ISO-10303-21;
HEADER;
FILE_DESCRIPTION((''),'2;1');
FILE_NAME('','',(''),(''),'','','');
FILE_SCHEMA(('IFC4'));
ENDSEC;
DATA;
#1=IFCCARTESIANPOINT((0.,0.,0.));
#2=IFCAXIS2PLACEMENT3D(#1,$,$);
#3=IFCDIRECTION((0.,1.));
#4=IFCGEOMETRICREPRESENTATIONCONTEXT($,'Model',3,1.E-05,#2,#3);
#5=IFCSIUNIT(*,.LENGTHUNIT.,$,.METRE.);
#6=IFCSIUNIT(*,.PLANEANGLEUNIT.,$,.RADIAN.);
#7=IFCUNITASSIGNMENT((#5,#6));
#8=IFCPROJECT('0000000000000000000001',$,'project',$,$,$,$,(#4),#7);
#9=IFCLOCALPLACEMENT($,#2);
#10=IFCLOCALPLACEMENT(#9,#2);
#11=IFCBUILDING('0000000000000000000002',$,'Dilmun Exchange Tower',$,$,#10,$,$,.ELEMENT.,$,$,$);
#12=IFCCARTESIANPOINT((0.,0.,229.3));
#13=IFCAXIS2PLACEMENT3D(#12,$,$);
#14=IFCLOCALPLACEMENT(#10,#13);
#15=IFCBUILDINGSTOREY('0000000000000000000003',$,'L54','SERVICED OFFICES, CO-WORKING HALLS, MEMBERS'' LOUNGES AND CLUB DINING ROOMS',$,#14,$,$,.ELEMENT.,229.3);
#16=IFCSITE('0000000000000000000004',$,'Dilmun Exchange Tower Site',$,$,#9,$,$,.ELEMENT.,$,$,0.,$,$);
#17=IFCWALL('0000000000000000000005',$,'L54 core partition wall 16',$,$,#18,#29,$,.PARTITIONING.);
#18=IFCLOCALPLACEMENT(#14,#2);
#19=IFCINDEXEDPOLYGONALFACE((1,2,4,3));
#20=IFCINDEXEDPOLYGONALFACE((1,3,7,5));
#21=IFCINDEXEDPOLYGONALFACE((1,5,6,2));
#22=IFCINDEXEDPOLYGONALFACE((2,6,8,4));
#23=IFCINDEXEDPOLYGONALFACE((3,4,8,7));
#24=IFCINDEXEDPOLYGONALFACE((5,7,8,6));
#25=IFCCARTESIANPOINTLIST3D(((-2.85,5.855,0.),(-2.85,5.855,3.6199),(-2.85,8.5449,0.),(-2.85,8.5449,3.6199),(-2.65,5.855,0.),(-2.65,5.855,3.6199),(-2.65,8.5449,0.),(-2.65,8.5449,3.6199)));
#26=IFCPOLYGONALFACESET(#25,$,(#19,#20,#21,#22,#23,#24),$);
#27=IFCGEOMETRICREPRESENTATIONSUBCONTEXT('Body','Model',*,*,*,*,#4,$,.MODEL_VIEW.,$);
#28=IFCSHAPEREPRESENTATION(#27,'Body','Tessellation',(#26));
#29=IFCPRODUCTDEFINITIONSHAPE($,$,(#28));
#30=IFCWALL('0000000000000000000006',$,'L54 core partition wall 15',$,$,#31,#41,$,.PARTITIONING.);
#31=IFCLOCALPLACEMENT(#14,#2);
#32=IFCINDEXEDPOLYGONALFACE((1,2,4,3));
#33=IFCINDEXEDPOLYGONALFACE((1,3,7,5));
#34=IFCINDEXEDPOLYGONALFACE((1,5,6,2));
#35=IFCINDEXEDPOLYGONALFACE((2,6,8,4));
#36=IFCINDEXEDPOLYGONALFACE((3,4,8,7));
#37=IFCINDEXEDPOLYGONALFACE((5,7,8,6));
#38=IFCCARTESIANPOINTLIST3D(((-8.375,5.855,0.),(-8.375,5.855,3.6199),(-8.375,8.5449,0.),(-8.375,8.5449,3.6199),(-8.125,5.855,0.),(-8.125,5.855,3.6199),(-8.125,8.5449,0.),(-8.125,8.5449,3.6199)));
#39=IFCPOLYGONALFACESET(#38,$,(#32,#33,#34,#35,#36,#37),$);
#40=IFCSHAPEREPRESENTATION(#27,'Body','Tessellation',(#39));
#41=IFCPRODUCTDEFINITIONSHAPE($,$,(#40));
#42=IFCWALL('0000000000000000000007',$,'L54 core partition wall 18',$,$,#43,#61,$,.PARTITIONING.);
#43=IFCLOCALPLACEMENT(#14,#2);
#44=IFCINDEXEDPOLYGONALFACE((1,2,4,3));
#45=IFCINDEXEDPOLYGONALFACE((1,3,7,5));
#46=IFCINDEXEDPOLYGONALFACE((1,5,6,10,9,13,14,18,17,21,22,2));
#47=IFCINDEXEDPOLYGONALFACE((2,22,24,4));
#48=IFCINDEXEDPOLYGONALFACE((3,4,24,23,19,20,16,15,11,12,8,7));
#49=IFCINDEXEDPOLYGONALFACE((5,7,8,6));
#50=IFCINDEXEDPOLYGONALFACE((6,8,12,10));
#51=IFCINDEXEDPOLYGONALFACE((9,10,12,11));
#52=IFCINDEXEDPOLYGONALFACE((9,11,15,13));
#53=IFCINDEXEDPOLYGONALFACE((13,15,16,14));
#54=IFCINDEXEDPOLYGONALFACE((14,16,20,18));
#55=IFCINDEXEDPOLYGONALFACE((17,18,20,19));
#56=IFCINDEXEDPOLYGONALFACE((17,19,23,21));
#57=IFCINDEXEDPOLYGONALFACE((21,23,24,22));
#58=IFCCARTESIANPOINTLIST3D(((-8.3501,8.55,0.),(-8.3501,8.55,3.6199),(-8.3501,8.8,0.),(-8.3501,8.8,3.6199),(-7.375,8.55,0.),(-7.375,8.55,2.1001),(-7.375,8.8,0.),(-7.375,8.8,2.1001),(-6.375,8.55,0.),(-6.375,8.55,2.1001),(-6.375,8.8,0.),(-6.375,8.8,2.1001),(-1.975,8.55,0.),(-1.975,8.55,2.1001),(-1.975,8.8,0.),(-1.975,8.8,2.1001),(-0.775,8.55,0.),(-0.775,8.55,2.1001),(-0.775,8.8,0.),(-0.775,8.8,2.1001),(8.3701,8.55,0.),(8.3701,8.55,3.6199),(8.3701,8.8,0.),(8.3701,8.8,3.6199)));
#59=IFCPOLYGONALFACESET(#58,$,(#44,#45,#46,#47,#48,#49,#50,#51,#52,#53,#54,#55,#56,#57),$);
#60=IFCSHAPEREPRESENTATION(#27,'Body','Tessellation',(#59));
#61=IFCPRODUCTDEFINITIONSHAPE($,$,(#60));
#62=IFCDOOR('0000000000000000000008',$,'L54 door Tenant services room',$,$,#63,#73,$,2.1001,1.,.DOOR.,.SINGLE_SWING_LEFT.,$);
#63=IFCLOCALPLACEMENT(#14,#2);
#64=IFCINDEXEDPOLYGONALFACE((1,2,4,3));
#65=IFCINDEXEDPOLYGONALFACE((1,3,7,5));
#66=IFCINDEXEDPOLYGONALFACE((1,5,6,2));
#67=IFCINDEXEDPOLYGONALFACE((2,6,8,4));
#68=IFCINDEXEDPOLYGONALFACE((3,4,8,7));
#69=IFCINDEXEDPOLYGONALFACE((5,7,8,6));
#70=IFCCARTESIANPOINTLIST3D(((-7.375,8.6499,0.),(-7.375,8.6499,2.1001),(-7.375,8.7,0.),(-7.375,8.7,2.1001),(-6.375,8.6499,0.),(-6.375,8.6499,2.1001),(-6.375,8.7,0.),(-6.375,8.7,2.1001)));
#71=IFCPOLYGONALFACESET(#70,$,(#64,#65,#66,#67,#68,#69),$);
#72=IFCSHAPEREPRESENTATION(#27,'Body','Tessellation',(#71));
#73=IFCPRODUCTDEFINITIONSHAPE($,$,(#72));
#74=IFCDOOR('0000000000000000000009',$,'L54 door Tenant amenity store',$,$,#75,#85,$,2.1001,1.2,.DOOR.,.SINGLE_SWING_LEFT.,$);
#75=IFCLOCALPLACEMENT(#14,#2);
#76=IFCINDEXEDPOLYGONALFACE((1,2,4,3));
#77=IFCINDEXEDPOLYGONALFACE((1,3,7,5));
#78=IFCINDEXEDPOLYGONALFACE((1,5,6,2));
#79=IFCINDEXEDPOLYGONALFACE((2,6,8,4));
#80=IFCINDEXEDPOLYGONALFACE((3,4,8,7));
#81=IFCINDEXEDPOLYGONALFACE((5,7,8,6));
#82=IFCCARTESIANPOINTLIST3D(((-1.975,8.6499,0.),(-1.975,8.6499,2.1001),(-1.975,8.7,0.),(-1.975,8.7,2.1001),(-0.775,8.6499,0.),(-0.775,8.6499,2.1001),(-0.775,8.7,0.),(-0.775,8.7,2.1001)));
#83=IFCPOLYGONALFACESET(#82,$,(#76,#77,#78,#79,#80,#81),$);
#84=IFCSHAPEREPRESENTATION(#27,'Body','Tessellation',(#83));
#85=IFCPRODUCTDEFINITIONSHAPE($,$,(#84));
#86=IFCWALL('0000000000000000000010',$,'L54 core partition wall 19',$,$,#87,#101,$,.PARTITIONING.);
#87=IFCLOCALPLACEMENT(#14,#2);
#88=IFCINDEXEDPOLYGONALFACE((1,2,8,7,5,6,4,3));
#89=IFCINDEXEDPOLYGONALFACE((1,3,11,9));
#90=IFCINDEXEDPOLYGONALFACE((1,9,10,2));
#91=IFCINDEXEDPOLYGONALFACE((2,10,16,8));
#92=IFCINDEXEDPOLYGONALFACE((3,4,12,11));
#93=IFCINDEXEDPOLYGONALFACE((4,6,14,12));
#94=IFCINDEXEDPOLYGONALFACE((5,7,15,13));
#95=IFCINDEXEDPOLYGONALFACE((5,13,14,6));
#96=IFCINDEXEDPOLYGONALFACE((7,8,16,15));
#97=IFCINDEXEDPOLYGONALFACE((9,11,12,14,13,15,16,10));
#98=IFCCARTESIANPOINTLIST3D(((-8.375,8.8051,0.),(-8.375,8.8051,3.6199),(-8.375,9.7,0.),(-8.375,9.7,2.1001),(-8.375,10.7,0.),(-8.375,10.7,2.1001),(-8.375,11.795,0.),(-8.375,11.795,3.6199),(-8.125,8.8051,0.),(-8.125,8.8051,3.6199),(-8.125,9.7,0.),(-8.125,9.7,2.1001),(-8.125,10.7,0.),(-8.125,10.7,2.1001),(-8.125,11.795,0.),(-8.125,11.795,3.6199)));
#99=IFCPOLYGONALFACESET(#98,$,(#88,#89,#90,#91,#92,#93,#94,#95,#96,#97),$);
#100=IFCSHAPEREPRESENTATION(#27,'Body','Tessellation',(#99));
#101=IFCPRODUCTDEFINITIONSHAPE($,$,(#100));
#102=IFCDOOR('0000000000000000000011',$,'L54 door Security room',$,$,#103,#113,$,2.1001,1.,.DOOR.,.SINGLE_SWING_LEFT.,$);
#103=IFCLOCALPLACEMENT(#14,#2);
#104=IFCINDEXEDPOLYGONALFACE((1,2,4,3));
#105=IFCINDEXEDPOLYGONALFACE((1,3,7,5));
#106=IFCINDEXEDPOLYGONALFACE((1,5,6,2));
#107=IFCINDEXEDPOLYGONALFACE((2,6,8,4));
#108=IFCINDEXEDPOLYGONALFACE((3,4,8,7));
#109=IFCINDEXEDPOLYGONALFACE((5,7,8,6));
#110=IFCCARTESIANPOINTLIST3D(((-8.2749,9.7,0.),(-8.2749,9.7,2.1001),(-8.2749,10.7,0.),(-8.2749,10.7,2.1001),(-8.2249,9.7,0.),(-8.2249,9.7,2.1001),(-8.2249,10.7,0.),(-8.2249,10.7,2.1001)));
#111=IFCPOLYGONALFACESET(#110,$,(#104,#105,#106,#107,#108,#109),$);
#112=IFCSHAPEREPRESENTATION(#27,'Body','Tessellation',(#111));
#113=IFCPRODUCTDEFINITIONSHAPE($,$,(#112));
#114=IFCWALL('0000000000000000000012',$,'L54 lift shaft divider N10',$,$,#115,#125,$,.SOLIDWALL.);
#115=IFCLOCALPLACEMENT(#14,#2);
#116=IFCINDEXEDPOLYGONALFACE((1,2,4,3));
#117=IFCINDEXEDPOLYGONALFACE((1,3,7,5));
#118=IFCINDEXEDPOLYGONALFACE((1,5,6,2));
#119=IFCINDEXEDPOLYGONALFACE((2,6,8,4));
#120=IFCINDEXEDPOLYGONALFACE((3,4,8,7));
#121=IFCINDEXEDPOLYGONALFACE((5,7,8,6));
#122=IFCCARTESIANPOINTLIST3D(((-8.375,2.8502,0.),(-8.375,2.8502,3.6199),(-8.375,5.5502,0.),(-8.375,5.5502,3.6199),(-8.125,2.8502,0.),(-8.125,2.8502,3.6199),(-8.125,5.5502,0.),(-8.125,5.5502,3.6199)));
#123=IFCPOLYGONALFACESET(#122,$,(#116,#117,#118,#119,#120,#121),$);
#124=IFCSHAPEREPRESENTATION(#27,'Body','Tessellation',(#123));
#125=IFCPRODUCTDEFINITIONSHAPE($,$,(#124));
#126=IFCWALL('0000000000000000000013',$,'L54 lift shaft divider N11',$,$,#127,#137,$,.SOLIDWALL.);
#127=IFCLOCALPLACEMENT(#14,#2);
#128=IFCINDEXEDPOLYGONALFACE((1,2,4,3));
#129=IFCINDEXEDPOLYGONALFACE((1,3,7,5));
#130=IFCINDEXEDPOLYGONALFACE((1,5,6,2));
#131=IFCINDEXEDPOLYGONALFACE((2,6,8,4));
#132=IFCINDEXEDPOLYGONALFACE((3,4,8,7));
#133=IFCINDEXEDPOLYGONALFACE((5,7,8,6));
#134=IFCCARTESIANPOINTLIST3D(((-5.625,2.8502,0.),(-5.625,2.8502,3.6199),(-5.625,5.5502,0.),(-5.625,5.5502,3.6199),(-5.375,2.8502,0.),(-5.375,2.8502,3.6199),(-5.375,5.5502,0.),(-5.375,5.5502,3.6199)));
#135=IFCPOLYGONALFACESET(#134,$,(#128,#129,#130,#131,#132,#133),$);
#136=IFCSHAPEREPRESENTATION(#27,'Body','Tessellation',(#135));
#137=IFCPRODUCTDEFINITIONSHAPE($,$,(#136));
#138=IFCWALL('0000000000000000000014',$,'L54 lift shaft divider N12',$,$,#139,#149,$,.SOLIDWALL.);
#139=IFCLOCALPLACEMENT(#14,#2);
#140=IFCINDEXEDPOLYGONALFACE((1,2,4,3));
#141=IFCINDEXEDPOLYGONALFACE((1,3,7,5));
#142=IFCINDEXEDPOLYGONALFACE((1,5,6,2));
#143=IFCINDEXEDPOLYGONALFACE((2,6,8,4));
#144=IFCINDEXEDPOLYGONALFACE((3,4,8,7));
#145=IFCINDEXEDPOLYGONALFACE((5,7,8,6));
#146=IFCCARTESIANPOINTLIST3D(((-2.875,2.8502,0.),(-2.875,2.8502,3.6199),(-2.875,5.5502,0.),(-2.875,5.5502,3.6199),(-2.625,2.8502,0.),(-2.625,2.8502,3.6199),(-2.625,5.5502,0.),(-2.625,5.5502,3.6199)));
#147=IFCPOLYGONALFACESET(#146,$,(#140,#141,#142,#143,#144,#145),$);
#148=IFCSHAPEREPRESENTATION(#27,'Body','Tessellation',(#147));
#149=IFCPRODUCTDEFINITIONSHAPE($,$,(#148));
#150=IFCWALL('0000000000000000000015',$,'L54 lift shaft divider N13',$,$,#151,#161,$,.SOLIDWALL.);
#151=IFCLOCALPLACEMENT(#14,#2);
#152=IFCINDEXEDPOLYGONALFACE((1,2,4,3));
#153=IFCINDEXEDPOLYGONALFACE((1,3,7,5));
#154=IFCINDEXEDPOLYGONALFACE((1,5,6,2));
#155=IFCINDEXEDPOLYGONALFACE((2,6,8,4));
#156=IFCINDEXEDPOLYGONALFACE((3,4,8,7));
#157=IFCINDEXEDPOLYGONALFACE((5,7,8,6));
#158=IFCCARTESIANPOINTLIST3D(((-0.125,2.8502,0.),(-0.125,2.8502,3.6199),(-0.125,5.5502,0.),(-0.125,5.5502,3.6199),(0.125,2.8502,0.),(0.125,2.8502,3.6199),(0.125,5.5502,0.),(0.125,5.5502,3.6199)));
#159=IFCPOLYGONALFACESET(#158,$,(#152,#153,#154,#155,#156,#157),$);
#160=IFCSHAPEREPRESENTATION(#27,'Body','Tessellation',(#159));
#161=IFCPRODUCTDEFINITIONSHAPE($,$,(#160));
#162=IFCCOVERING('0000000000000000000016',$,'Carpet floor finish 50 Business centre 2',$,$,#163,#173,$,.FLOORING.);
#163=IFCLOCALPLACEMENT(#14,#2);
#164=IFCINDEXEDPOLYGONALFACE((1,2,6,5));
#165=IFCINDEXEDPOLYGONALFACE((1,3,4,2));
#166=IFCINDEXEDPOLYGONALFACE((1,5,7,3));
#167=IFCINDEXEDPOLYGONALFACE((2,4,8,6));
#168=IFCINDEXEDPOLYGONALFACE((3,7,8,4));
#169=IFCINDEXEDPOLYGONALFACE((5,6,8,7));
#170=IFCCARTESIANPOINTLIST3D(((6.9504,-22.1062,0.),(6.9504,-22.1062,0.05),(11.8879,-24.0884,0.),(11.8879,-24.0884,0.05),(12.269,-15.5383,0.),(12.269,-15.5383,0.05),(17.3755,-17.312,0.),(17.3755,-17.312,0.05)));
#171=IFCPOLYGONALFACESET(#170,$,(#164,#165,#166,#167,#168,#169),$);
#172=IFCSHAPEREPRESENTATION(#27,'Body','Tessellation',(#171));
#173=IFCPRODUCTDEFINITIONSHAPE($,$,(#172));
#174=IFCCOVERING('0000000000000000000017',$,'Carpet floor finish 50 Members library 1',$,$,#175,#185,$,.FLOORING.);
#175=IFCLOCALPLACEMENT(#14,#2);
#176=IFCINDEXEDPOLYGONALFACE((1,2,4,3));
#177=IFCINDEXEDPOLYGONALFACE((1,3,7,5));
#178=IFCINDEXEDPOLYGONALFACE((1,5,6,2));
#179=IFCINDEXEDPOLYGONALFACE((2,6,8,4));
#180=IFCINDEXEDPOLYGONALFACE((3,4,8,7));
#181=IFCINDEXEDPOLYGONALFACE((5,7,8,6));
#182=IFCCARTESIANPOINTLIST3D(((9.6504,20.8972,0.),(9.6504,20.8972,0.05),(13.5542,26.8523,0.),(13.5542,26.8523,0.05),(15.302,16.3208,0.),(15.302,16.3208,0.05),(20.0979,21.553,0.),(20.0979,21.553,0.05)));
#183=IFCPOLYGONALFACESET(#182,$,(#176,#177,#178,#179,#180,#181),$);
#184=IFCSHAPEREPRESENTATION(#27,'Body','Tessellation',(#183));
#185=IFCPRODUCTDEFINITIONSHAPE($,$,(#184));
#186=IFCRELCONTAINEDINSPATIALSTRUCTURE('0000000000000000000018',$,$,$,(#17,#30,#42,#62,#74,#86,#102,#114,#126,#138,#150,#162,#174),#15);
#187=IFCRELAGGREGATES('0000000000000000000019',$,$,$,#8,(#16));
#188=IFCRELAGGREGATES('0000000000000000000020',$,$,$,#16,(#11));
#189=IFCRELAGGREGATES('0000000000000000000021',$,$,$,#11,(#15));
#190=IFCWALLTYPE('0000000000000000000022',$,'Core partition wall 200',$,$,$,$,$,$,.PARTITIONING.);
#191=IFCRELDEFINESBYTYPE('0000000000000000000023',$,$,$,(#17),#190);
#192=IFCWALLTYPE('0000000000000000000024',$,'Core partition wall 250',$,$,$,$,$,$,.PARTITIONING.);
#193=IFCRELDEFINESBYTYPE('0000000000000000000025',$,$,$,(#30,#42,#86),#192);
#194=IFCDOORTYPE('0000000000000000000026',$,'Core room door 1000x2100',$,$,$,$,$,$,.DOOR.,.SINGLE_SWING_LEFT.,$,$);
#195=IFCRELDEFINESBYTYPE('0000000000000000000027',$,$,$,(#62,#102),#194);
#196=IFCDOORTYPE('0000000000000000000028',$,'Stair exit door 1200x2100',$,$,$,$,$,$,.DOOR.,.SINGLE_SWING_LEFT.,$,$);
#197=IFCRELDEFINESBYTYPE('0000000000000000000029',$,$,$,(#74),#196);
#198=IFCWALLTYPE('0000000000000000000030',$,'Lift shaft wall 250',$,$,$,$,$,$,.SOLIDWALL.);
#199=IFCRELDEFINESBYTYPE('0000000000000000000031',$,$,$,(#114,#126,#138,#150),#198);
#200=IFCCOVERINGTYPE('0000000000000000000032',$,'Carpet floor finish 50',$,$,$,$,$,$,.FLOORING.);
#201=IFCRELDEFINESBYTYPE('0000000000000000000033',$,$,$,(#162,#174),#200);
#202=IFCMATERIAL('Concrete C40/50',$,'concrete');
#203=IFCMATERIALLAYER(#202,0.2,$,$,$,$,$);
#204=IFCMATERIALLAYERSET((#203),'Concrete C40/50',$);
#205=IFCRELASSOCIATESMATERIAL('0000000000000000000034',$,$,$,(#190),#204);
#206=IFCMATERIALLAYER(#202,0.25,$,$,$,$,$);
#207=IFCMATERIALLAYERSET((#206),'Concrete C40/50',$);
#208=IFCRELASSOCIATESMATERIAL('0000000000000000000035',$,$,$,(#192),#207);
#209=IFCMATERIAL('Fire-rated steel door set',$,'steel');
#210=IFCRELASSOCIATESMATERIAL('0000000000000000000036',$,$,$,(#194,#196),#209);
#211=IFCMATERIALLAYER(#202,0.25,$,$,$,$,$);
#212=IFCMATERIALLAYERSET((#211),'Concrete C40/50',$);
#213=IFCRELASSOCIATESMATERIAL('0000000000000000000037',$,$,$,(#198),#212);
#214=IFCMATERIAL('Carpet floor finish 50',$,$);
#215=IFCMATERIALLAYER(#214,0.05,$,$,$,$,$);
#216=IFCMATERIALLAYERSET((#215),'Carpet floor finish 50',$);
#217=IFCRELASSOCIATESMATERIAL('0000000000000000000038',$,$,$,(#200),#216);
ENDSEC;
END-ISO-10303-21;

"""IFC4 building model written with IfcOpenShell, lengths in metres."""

from ifc_helpers import new_model, si_unit, direction, frame, frame_2d, origin, place, context, subcontext, project, spatial, polyline, rectangle, outline, extrude, material, layer, layer_set, type_object, element, fill, save


model = new_model("IFC4")

# Units and contexts
model_context = context("Model", 3, precision=1e-05, world=origin(), true_north=direction((0.0, 1.0)))
body_context = subcontext(model_context, "Body", "Model", "MODEL_VIEW")
ifc_project = project(units=[si_unit("LENGTHUNIT", "METRE"), si_unit("PLANEANGLEUNIT", "RADIAN")], contexts=[model_context])

# Site, building, storey
site_placement = place(None, origin())
site = spatial("IfcSite", under=ifc_project, at=site_placement, Name="Dilmun Exchange Tower Site", CompositionType="ELEMENT", RefElevation=0.0)
building_placement = place(site_placement, origin())
building = spatial("IfcBuilding", under=site, at=building_placement, Name="Dilmun Exchange Tower", CompositionType="ELEMENT")
storey_placement = place(building_placement, frame((0.0, 0.0, 229.3)))
storey = spatial("IfcBuildingStorey", under=building, at=storey_placement, Name="L54", Description="SERVICED OFFICES, CO-WORKING HALLS, MEMBERS' LOUNGES AND CLUB DINING ROOMS", CompositionType="ELEMENT", Elevation=229.3)

# Walls
ifc_material_1 = material(Name="Concrete C40/50", Category="concrete")
ifc_layer_1 = layer(ifc_material_1, 0.2)
ifc_layer_set_1 = layer_set([ifc_layer_1], Name="Concrete C40/50")
wall_type_1 = type_object("IfcWallType", Name="Core partition wall 200", PredefinedType="PARTITIONING", material=ifc_layer_set_1)
wall_1_placement = place(storey_placement, frame((-2.75, 5.855, 0.0), z_axis=(0.0, 0.0, 1.0), x_axis=(0.0, 1.0, 0.0)))
element("IfcWall", 1, at=wall_1_placement, inside=storey, type_object=wall_type_1, Name="L54 core partition wall 16", PredefinedType="PARTITIONING", context=body_context, shape_type="SweptSolid", body=[
    extrude(rectangle(XDim=2.6899, YDim=0.2, at=frame_2d((1.345, 0.0))), origin(), (0.0, 0.0, 1.0), 3.6199),
])
ifc_layer_2 = layer(ifc_material_1, 0.25)
ifc_layer_set_2 = layer_set([ifc_layer_2], Name="Concrete C40/50")
wall_type_2 = type_object("IfcWallType", Name="Core partition wall 250", PredefinedType="PARTITIONING", material=ifc_layer_set_2)
wall_2_placement = place(storey_placement, frame((-8.25, 5.855, 0.0), z_axis=(0.0, 0.0, 1.0), x_axis=(0.0, 1.0, 0.0)))
element("IfcWall", 2, at=wall_2_placement, inside=storey, type_object=wall_type_2, Name="L54 core partition wall 15", PredefinedType="PARTITIONING", context=body_context, shape_type="SweptSolid", body=[
    extrude(rectangle(XDim=2.6899, YDim=0.25, at=frame_2d((1.345, 0.0))), origin(), (0.0, 0.0, 1.0), 3.6199),
])

# Wall, openings, doors
wall_3_placement = place(storey_placement, frame((-8.3501, 8.675, 0.0), z_axis=(0.0, 0.0, 1.0), x_axis=(1.0, 0.0, 0.0)))
wall_3 = element("IfcWall", 3, at=wall_3_placement, inside=storey, type_object=wall_type_2, Name="L54 core partition wall 18", PredefinedType="PARTITIONING", context=body_context, shape_type="SweptSolid", body=[
    extrude(rectangle(XDim=16.7202, YDim=0.25, at=frame_2d((8.3601, 0.0))), origin(), (0.0, 0.0, 1.0), 3.6199),
])
opening_1_placement = place(wall_3_placement, frame((0.9751, 0.0, 0.0)))
opening_1 = element("IfcOpeningElement", 4, at=opening_1_placement, cuts=wall_3, PredefinedType="OPENING", context=body_context, shape_type="SweptSolid", body=[
    extrude(rectangle(XDim=1.0, YDim=2.1001, at=frame_2d((0.5, 1.05))), frame((0.0, 0.135, 0.0), z_axis=(0.0, -1.0, 0.0), x_axis=(1.0, 0.0, 0.0)), (0.0, 0.0, 1.0), 0.27),
])
opening_2_placement = place(wall_3_placement, frame((6.375, 0.0, 0.0)))
opening_2 = element("IfcOpeningElement", 5, at=opening_2_placement, cuts=wall_3, PredefinedType="OPENING", context=body_context, shape_type="SweptSolid", body=[
    extrude(rectangle(XDim=1.2, YDim=2.1001, at=frame_2d((0.6001, 1.05))), frame((0.0, 0.135, 0.0), z_axis=(0.0, -1.0, 0.0), x_axis=(1.0, 0.0, 0.0)), (0.0, 0.0, 1.0), 0.27),
])
ifc_material_2 = material(Name="Fire-rated steel door set", Category="steel")
door_type_1 = type_object("IfcDoorType", Name="Core room door 1000x2100", OperationType="SINGLE_SWING_LEFT", PredefinedType="DOOR", material=ifc_material_2)
door_1_placement = place(opening_1_placement, origin())
door_1 = element("IfcDoor", 6, at=door_1_placement, inside=storey, type_object=door_type_1, Name="L54 door Tenant services room", OperationType="SINGLE_SWING_LEFT", OverallHeight=2.1001, OverallWidth=1.0, PredefinedType="DOOR", context=body_context, shape_type="SweptSolid", body=[
    extrude(rectangle(XDim=1.0, YDim=2.1001, at=frame_2d((0.5, 1.05))), frame((0.0, 0.0249, 0.0), z_axis=(0.0, -1.0, 0.0), x_axis=(1.0, 0.0, 0.0)), (0.0, 0.0, 1.0), 0.05),
])
fill(opening_1, door_1)
door_type_2 = type_object("IfcDoorType", Name="Stair exit door 1200x2100", OperationType="SINGLE_SWING_LEFT", PredefinedType="DOOR", material=ifc_material_2)
door_2_placement = place(opening_2_placement, origin())
door_2 = element("IfcDoor", 7, at=door_2_placement, inside=storey, type_object=door_type_2, Name="L54 door Tenant amenity store", OperationType="SINGLE_SWING_LEFT", OverallHeight=2.1001, OverallWidth=1.2, PredefinedType="DOOR", context=body_context, shape_type="SweptSolid", body=[
    extrude(rectangle(XDim=1.2, YDim=2.1001, at=frame_2d((0.6001, 1.05))), frame((0.0, 0.0249, 0.0), z_axis=(0.0, -1.0, 0.0), x_axis=(1.0, 0.0, 0.0)), (0.0, 0.0, 1.0), 0.05),
])
fill(opening_2, door_2)

# Wall, opening, door
wall_4_placement = place(storey_placement, frame((-8.25, 8.8049, 0.0), z_axis=(0.0, 0.0, 1.0), x_axis=(0.0, 1.0, 0.0)))
wall_4 = element("IfcWall", 8, at=wall_4_placement, inside=storey, type_object=wall_type_2, Name="L54 core partition wall 19", PredefinedType="PARTITIONING", context=body_context, shape_type="SweptSolid", body=[
    extrude(rectangle(XDim=2.99, YDim=0.25, at=frame_2d((1.4951, 0.0))), origin(), (0.0, 0.0, 1.0), 3.6199),
])
opening_3_placement = place(wall_4_placement, frame((0.895, 0.0, 0.0)))
opening_3 = element("IfcOpeningElement", 9, at=opening_3_placement, cuts=wall_4, PredefinedType="OPENING", context=body_context, shape_type="SweptSolid", body=[
    extrude(rectangle(XDim=1.0, YDim=2.1001, at=frame_2d((0.5, 1.05))), frame((0.0, 0.135, 0.0), z_axis=(0.0, -1.0, 0.0), x_axis=(1.0, 0.0, 0.0)), (0.0, 0.0, 1.0), 0.27),
])
door_3_placement = place(opening_3_placement, origin())
door_3 = element("IfcDoor", 10, at=door_3_placement, inside=storey, type_object=door_type_1, Name="L54 door Security room", OperationType="SINGLE_SWING_LEFT", OverallHeight=2.1001, OverallWidth=1.0, PredefinedType="DOOR", context=body_context, shape_type="SweptSolid", body=[
    extrude(rectangle(XDim=1.0, YDim=2.1001, at=frame_2d((0.5, 1.05))), frame((0.0, 0.0249, 0.0), z_axis=(0.0, -1.0, 0.0), x_axis=(1.0, 0.0, 0.0)), (0.0, 0.0, 1.0), 0.05),
])
fill(opening_3, door_3)

# Walls
ifc_layer_3 = layer(ifc_material_1, 0.25)
ifc_layer_set_3 = layer_set([ifc_layer_3], Name="Concrete C40/50")
wall_type_3 = type_object("IfcWallType", Name="Lift shaft wall 250", PredefinedType="SOLIDWALL", material=ifc_layer_set_3)
for number, where, z_axis, x_axis, name in (
    (11, (-8.25, 2.8501, 0.0), (0.0, 0.0, 1.0), (0.0, 1.0, 0.0), "L54 lift shaft divider N10"),
    (12, (-5.5, 2.8501, 0.0), (0.0, 0.0, 1.0), (0.0, 1.0, 0.0), "L54 lift shaft divider N11"),
    (13, (-2.75, 2.8501, 0.0), (0.0, 0.0, 1.0), (0.0, 1.0, 0.0), "L54 lift shaft divider N12"),
    (14, (0.0, 2.8501, 0.0), (0.0, 0.0, 1.0), (0.0, 1.0, 0.0), "L54 lift shaft divider N13"),
):
    element("IfcWall", number, at=place(storey_placement, frame(where, z_axis=z_axis, x_axis=x_axis)), inside=storey, type_object=wall_type_3, Name=name, PredefinedType="SOLIDWALL", context=body_context, shape_type="SweptSolid", body=[
        extrude(rectangle(XDim=2.7, YDim=0.25, at=frame_2d((1.3501, 0.0))), origin(), (0.0, 0.0, 1.0), 3.6199),
    ])

# Coverings
ifc_material_3 = material(Name="Carpet floor finish 50")
ifc_layer_4 = layer(ifc_material_3, 0.05)
ifc_layer_set_4 = layer_set([ifc_layer_4], Name="Carpet floor finish 50")
covering_type_1 = type_object("IfcCoveringType", Name="Carpet floor finish 50", PredefinedType="FLOORING", material=ifc_layer_set_4)
covering_1_placement = place(storey_placement, origin())
element("IfcCovering", 15, at=covering_1_placement, inside=storey, type_object=covering_type_1, Name="Carpet floor finish 50 Business centre 2", PredefinedType="FLOORING", context=body_context, shape_type="SweptSolid", body=[
    extrude(outline(polyline([(12.269, -15.5383), (17.3755, -17.312), (11.8879, -24.0884), (6.9504, -22.1062), (12.269, -15.5383)])), origin(), (0.0, 0.0, 1.0), 0.05),
])
covering_2_placement = place(storey_placement, origin())
element("IfcCovering", 16, at=covering_2_placement, inside=storey, type_object=covering_type_1, Name="Carpet floor finish 50 Members library 1", PredefinedType="FLOORING", context=body_context, shape_type="SweptSolid", body=[
    extrude(outline(polyline([(9.6504, 20.8972), (13.5542, 26.8523), (20.0979, 21.553), (15.302, 16.3208), (9.6504, 20.8972)])), origin(), (0.0, 0.0, 1.0), 0.05),
])

save(model, "model.ifc")
